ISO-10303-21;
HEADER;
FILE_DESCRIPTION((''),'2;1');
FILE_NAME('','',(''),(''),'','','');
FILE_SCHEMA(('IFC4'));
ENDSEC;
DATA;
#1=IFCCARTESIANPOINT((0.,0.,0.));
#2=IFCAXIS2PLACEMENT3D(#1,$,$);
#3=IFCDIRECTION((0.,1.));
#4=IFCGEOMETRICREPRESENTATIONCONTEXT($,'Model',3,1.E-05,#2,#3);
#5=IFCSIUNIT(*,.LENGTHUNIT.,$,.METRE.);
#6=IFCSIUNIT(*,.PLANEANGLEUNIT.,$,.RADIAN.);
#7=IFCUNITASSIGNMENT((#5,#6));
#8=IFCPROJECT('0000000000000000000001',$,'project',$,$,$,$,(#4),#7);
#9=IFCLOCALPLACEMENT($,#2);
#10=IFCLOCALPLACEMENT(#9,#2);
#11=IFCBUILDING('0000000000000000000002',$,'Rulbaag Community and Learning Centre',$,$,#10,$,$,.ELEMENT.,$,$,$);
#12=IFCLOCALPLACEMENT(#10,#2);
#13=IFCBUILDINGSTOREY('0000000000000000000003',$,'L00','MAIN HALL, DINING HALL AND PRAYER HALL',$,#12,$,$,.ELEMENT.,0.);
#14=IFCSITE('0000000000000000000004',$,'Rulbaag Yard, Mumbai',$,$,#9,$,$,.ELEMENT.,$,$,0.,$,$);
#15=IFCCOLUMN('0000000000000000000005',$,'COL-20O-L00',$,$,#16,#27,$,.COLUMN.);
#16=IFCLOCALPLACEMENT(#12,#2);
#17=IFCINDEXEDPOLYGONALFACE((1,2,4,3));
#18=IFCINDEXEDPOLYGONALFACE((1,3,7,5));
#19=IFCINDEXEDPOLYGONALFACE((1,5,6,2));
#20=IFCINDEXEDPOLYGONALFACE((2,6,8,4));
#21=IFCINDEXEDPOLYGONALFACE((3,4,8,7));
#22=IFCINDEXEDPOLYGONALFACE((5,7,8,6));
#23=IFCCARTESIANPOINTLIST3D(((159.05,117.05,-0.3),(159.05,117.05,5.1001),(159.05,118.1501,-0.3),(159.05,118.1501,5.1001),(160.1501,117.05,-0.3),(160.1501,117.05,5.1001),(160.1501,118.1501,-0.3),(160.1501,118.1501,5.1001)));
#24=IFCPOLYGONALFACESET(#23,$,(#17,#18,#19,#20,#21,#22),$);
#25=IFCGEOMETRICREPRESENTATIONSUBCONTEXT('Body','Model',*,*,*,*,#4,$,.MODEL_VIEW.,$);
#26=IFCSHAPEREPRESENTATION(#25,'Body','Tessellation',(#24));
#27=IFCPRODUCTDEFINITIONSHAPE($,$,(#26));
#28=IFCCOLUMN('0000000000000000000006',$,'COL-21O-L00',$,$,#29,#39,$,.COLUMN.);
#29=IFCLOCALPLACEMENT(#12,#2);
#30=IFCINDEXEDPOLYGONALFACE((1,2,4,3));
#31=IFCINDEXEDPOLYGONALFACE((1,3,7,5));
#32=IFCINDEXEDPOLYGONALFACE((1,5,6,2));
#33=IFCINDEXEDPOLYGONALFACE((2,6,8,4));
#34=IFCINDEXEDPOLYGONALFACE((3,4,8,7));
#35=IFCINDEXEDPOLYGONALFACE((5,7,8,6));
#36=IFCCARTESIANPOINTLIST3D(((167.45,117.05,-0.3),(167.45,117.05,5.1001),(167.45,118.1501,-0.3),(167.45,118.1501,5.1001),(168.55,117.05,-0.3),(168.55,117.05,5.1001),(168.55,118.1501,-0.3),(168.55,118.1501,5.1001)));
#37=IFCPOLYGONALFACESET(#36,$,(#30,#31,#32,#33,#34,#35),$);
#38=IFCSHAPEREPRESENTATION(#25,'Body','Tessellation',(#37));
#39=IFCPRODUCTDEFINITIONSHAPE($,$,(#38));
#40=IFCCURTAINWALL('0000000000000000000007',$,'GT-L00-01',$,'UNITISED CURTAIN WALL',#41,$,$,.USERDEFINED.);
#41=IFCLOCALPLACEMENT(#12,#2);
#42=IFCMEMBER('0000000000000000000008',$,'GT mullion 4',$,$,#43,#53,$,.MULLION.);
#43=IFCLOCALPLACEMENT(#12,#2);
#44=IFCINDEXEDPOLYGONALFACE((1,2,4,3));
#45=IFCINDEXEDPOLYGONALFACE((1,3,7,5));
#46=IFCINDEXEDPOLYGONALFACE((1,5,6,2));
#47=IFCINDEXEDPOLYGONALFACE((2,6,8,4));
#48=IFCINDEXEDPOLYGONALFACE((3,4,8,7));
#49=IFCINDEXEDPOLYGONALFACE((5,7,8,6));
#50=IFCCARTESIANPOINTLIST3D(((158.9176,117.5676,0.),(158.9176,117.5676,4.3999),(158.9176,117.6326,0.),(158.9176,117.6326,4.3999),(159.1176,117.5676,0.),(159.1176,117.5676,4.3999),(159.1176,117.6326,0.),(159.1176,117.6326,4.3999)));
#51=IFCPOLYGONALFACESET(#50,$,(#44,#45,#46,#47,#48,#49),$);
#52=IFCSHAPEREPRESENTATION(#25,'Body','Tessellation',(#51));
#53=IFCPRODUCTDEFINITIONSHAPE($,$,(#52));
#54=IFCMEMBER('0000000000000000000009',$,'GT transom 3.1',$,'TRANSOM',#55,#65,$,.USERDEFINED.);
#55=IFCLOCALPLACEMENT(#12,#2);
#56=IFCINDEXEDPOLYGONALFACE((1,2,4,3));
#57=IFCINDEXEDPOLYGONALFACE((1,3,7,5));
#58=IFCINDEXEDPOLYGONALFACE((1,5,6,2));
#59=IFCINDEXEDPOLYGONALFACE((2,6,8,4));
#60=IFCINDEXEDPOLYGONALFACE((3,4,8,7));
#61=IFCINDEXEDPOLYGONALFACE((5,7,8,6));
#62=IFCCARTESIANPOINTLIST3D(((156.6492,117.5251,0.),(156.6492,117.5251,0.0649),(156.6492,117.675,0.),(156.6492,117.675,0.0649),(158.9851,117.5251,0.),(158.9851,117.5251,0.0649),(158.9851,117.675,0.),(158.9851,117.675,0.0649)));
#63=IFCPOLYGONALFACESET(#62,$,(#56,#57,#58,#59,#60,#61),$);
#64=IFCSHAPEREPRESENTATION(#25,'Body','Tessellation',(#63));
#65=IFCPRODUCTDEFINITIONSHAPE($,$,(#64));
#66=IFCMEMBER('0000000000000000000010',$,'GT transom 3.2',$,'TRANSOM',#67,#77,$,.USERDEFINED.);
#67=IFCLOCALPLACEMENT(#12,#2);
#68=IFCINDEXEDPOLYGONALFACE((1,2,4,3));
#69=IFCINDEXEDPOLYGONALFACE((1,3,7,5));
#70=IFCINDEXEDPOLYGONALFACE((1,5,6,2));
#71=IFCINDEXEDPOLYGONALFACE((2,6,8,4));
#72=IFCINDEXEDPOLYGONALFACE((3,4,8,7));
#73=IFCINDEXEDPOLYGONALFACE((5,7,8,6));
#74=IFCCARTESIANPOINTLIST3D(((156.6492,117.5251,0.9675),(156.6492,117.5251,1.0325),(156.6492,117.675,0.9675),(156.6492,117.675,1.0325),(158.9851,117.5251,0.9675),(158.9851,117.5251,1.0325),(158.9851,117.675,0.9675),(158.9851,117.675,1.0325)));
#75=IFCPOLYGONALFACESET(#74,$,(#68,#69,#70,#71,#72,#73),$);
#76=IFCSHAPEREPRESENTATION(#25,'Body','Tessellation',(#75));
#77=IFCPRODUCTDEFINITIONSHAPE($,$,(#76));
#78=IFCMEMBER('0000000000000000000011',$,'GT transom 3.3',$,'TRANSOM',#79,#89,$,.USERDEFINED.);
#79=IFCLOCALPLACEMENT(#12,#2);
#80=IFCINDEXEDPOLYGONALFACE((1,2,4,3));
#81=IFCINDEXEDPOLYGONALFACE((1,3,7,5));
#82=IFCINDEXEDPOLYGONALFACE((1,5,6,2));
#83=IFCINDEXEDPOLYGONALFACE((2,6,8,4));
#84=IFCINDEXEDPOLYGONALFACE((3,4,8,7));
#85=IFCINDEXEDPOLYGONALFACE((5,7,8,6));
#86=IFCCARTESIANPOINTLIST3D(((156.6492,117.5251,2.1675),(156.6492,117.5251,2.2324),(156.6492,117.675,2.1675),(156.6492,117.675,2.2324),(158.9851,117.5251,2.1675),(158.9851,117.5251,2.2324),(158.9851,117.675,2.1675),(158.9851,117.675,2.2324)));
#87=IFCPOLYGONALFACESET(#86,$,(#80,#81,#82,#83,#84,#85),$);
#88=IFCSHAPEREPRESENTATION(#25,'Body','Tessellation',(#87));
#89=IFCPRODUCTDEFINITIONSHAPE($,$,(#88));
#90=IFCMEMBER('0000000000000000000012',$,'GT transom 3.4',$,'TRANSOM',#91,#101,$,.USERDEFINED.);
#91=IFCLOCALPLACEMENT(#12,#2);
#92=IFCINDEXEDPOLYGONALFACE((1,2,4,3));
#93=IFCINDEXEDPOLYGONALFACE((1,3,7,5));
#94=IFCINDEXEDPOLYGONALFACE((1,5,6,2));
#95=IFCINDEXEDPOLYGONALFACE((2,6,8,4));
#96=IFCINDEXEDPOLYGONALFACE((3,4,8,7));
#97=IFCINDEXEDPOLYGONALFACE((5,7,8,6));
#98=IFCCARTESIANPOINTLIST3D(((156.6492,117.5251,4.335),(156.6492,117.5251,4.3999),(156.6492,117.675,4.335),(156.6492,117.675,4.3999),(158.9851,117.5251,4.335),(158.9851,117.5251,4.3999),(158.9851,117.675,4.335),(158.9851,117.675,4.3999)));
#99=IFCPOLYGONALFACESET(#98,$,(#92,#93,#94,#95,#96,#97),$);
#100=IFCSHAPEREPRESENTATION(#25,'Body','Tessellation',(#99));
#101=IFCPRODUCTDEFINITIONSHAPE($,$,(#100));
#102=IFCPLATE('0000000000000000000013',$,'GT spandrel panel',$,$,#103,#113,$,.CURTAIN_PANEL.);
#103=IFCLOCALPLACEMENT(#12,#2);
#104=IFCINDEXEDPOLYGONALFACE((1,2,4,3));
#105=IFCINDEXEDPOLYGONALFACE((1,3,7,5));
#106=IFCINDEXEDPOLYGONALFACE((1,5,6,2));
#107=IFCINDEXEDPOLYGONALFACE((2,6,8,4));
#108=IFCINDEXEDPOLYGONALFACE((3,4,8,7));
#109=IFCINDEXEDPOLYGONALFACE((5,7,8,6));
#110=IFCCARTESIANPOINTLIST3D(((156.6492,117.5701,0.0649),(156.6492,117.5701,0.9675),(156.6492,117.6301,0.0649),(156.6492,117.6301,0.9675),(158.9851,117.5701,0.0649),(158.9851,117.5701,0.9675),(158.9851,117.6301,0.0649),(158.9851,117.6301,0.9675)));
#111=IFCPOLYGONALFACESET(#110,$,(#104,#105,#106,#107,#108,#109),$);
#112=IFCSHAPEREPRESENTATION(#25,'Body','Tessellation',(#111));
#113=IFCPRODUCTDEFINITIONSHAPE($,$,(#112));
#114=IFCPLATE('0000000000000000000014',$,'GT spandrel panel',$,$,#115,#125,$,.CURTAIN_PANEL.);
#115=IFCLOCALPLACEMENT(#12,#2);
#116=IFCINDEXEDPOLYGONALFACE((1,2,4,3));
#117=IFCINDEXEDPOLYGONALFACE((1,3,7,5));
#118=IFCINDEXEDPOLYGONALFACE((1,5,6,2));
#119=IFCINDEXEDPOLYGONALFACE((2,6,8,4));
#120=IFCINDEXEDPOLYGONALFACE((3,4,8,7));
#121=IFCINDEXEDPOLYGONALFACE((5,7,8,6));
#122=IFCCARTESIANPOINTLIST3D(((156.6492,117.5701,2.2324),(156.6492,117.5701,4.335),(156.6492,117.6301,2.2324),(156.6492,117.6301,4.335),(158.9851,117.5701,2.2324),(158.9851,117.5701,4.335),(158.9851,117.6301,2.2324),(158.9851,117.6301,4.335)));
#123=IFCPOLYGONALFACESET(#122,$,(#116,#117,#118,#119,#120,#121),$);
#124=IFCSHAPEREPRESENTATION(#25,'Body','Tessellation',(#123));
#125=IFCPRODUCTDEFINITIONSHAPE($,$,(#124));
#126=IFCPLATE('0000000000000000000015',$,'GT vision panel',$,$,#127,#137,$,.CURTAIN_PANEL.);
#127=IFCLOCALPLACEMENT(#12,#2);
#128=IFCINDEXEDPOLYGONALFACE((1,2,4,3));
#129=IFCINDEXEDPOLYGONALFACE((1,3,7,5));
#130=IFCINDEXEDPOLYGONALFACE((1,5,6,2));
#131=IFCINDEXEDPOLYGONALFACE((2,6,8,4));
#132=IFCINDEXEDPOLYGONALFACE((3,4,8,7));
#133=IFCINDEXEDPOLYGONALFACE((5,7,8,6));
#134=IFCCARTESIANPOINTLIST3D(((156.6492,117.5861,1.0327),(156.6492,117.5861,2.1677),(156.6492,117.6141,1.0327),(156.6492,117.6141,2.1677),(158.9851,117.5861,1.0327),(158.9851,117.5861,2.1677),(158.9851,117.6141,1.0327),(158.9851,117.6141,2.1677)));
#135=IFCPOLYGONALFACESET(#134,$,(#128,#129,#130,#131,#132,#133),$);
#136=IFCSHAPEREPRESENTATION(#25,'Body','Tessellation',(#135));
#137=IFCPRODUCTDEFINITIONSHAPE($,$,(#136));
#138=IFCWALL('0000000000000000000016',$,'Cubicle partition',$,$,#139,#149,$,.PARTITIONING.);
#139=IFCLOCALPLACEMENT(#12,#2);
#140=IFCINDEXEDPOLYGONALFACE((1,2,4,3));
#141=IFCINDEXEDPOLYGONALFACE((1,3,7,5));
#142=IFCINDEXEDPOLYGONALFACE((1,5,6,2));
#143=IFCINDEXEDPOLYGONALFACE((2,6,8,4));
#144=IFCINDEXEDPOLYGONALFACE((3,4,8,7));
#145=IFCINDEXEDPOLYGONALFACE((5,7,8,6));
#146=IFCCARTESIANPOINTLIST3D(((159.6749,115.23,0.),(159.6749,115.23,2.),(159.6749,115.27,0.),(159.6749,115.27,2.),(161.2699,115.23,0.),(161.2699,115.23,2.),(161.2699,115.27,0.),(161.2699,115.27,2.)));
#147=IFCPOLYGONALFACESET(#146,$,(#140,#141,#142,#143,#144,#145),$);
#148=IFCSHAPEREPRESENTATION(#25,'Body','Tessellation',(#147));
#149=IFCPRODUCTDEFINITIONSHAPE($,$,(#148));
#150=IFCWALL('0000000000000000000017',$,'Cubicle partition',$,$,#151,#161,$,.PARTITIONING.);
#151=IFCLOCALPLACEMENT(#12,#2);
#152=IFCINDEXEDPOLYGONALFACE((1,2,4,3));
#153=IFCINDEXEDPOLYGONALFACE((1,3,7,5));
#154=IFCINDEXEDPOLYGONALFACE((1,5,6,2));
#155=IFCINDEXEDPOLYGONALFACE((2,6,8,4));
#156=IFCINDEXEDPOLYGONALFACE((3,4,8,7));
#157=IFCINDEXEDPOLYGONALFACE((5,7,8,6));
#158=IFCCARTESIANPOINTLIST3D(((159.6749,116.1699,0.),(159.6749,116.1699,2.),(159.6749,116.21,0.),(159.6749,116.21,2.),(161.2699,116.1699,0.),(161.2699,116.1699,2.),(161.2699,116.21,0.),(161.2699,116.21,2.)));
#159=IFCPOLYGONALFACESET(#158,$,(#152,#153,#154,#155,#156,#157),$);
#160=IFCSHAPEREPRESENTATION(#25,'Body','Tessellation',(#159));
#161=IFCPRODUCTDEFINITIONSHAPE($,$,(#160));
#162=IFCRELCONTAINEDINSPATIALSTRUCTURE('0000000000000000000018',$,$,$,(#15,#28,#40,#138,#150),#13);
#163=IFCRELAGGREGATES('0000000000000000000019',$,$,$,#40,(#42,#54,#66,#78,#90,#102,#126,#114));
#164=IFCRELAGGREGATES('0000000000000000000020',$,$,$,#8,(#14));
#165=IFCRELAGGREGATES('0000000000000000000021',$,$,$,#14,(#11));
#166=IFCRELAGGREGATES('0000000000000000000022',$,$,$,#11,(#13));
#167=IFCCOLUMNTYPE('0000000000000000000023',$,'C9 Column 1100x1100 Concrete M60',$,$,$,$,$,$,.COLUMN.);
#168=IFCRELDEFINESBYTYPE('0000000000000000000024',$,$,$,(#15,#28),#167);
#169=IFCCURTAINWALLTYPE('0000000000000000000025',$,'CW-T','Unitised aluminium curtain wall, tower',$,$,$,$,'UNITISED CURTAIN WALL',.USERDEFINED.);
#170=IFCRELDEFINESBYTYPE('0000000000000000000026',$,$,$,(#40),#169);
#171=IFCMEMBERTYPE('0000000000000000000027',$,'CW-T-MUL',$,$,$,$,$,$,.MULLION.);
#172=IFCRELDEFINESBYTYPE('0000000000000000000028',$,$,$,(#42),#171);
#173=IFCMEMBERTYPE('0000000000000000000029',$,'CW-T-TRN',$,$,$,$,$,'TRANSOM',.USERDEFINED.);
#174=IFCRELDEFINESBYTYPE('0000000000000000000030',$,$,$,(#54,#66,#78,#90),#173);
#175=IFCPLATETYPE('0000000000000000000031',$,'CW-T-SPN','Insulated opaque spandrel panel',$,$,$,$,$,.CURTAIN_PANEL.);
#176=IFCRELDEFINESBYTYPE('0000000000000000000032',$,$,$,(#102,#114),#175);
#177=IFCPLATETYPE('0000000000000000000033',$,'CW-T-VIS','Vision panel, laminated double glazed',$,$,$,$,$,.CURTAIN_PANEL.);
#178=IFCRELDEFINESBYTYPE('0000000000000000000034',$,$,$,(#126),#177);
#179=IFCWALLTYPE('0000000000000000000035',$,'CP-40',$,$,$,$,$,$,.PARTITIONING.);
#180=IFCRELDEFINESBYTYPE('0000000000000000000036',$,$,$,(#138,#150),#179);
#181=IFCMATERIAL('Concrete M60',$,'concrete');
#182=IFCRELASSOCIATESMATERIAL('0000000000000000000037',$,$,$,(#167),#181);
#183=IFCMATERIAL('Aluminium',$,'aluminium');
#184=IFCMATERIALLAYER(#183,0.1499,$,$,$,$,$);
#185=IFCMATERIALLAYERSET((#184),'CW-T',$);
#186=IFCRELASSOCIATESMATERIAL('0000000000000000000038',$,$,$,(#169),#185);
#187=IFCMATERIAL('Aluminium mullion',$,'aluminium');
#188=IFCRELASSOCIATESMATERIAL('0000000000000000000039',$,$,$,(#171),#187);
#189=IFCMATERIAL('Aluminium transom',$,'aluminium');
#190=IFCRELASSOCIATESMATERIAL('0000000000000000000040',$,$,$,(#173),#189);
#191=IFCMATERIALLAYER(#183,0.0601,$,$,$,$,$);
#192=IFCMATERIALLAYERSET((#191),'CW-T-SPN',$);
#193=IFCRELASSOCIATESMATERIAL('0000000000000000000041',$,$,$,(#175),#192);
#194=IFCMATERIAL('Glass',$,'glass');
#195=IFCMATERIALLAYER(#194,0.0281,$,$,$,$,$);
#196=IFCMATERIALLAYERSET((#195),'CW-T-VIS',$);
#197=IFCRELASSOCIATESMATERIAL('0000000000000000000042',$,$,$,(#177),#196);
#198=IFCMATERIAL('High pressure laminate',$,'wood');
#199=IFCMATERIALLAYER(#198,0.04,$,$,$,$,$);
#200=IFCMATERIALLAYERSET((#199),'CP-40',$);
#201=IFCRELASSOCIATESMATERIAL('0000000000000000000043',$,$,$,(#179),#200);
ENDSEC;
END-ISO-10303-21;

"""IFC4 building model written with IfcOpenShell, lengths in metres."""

from ifc_helpers import new_model, si_unit, direction, frame, frame_2d, origin, origin_2d, place, context, subcontext, project, spatial, rectangle, extrude, material, layer, layer_set, material_profile, profile_set, type_object, element, aggregate, save


model = new_model("IFC4")

# Units and contexts
model_context = context("Model", 3, precision=1e-05, world=origin(), true_north=direction((0.0, 1.0)))
body_context = subcontext(model_context, "Body", "Model", "MODEL_VIEW")
ifc_project = project(units=[si_unit("LENGTHUNIT", "METRE"), si_unit("PLANEANGLEUNIT", "RADIAN")], contexts=[model_context])

# Site, building, storey
site_placement = place(None, origin())
site = spatial("IfcSite", under=ifc_project, at=site_placement, Name="Rulbaag Yard, Mumbai", CompositionType="ELEMENT", RefElevation=0.0)
building_placement = place(site_placement, origin())
building = spatial("IfcBuilding", under=site, at=building_placement, Name="Rulbaag Community and Learning Centre", CompositionType="ELEMENT")
storey_placement = place(building_placement, origin())
storey = spatial("IfcBuildingStorey", under=building, at=storey_placement, Name="L00", Description="MAIN HALL, DINING HALL AND PRAYER HALL", CompositionType="ELEMENT", Elevation=0.0)

# Columns
ifc_material_1 = material(Name="Concrete M60", Category="concrete")
ifc_material_profile_1 = material_profile(ifc_material_1, rectangle(XDim=1.1001, YDim=1.1001, at=origin_2d()), Name="RC1100x1100")
ifc_profile_set_1 = profile_set([ifc_material_profile_1], Name="Concrete M60")
column_type = type_object("IfcColumnType", Name="C9 Column 1100x1100 Concrete M60", PredefinedType="COLUMN", material=ifc_profile_set_1)
for number, where, z_axis, x_axis, name in (
    (1, (159.6001, 117.6001, -0.3), (0.0, 0.0, 1.0), (1.0, 0.0, 0.0), "COL-20O-L00"),
    (2, (168.0, 117.6001, -0.3), (0.0, 0.0, 1.0), (1.0, 0.0, 0.0), "COL-21O-L00"),
):
    element("IfcColumn", number, at=place(storey_placement, frame(where, z_axis=z_axis, x_axis=x_axis)), inside=storey, type_object=column_type, Name=name, PredefinedType="COLUMN", context=body_context, shape_type="SweptSolid", body=[
        extrude(rectangle(XDim=1.1001, YDim=1.1001, at=origin_2d()), origin(), (0.0, 0.0, 1.0), 5.4001),
    ])

# Curtain wall, members, plates
ifc_material_2 = material(Name="Aluminium", Category="aluminium")
ifc_layer_1 = layer(ifc_material_2, 0.1499)
ifc_layer_set_1 = layer_set([ifc_layer_1], Name="CW-T")
curtain_wall_type = type_object("IfcCurtainWallType", Name="CW-T", Description="Unitised aluminium curtain wall, tower", ElementType="UNITISED CURTAIN WALL", PredefinedType="USERDEFINED", material=ifc_layer_set_1)
curtain_wall_placement = place(storey_placement, origin())
curtain_wall = element("IfcCurtainWall", 3, at=curtain_wall_placement, inside=storey, type_object=curtain_wall_type, Name="GT-L00-01", ObjectType="UNITISED CURTAIN WALL", PredefinedType="USERDEFINED")
ifc_material_3 = material(Name="Aluminium mullion", Category="aluminium")
ifc_material_profile_2 = material_profile(ifc_material_3, rectangle(XDim=0.0649, YDim=0.2, at=origin_2d()), Name="AL 65x200")
ifc_profile_set_2 = profile_set([ifc_material_profile_2], Name="Aluminium mullion")
member_type_1 = type_object("IfcMemberType", Name="CW-T-MUL", PredefinedType="MULLION", material=ifc_profile_set_2)
member_1_placement = place(storey_placement, frame((159.0176, 117.6001, 0.0), z_axis=(0.0, 0.0, 1.0), x_axis=(0.0, 1.0, 0.0)))
member_1 = element("IfcMember", 4, at=member_1_placement, type_object=member_type_1, Name="GT mullion 4", PredefinedType="MULLION", context=body_context, shape_type="SweptSolid", body=[
    extrude(rectangle(XDim=0.0649, YDim=0.2, at=origin_2d()), origin(), (0.0, 0.0, 1.0), 4.3999),
])
ifc_material_4 = material(Name="Aluminium transom", Category="aluminium")
ifc_material_profile_3 = material_profile(ifc_material_4, rectangle(XDim=0.1499, YDim=0.0649, at=origin_2d()), Name="AL 65x150 T")
ifc_profile_set_3 = profile_set([ifc_material_profile_3], Name="Aluminium transom")
member_type_2 = type_object("IfcMemberType", Name="CW-T-TRN", ElementType="TRANSOM", PredefinedType="USERDEFINED", material=ifc_profile_set_3)
member_2_placement = place(storey_placement, frame((156.6492, 117.6001, 0.0325), z_axis=(1.0, 0.0, 0.0), x_axis=(0.0, 1.0, 0.0)))
member_2 = element("IfcMember", 5, at=member_2_placement, type_object=member_type_2, Name="GT transom 3.1", ObjectType="TRANSOM", PredefinedType="USERDEFINED", context=body_context, shape_type="SweptSolid", body=[
    extrude(rectangle(XDim=0.1499, YDim=0.0649, at=origin_2d()), origin(), (0.0, 0.0, 1.0), 2.3359),
])
member_3_placement = place(storey_placement, frame((156.6492, 117.6001, 1.0), z_axis=(1.0, 0.0, 0.0), x_axis=(0.0, 1.0, 0.0)))
member_3 = element("IfcMember", 6, at=member_3_placement, type_object=member_type_2, Name="GT transom 3.2", ObjectType="TRANSOM", PredefinedType="USERDEFINED", context=body_context, shape_type="SweptSolid", body=[
    extrude(rectangle(XDim=0.1499, YDim=0.0649, at=origin_2d()), origin(), (0.0, 0.0, 1.0), 2.3359),
])
member_4_placement = place(storey_placement, frame((156.6492, 117.6001, 2.2), z_axis=(1.0, 0.0, 0.0), x_axis=(0.0, 1.0, 0.0)))
member_4 = element("IfcMember", 7, at=member_4_placement, type_object=member_type_2, Name="GT transom 3.3", ObjectType="TRANSOM", PredefinedType="USERDEFINED", context=body_context, shape_type="SweptSolid", body=[
    extrude(rectangle(XDim=0.1499, YDim=0.0649, at=origin_2d()), origin(), (0.0, 0.0, 1.0), 2.3359),
])
member_5_placement = place(storey_placement, frame((156.6492, 117.6001, 4.3674), z_axis=(1.0, 0.0, 0.0), x_axis=(0.0, 1.0, 0.0)))
member_5 = element("IfcMember", 8, at=member_5_placement, type_object=member_type_2, Name="GT transom 3.4", ObjectType="TRANSOM", PredefinedType="USERDEFINED", context=body_context, shape_type="SweptSolid", body=[
    extrude(rectangle(XDim=0.1499, YDim=0.0649, at=origin_2d()), origin(), (0.0, 0.0, 1.0), 2.3359),
])
ifc_layer_2 = layer(ifc_material_2, 0.0601)
ifc_layer_set_2 = layer_set([ifc_layer_2], Name="CW-T-SPN")
plate_type_1 = type_object("IfcPlateType", Name="CW-T-SPN", Description="Insulated opaque spandrel panel", PredefinedType="CURTAIN_PANEL", material=ifc_layer_set_2)
plate_1_placement = place(storey_placement, frame((157.8171, 117.6001, 0.0649), z_axis=(0.0, 0.0, 1.0), x_axis=(1.0, 0.0, 0.0)))
plate_1 = element("IfcPlate", 9, at=plate_1_placement, type_object=plate_type_1, Name="GT spandrel panel", PredefinedType="CURTAIN_PANEL", context=body_context, shape_type="SweptSolid", body=[
    extrude(rectangle(XDim=2.3359, YDim=0.0601, at=origin_2d()), origin(), (0.0, 0.0, 1.0), 0.9026),
])
plate_2_placement = place(storey_placement, frame((157.8171, 117.6001, 2.2324), z_axis=(0.0, 0.0, 1.0), x_axis=(1.0, 0.0, 0.0)))
plate_2 = element("IfcPlate", 10, at=plate_2_placement, type_object=plate_type_1, Name="GT spandrel panel", PredefinedType="CURTAIN_PANEL", context=body_context, shape_type="SweptSolid", body=[
    extrude(rectangle(XDim=2.3359, YDim=0.0601, at=origin_2d()), origin(), (0.0, 0.0, 1.0), 2.1025),
])
ifc_material_5 = material(Name="Glass", Category="glass")
ifc_layer_3 = layer(ifc_material_5, 0.0281)
ifc_layer_set_3 = layer_set([ifc_layer_3], Name="CW-T-VIS")
plate_type_2 = type_object("IfcPlateType", Name="CW-T-VIS", Description="Vision panel, laminated double glazed", PredefinedType="CURTAIN_PANEL", material=ifc_layer_set_3)
plate_3_placement = place(storey_placement, frame((157.8171, 117.6001, 1.0327), z_axis=(0.0, 0.0, 1.0), x_axis=(1.0, 0.0, 0.0)))
plate_3 = element("IfcPlate", 11, at=plate_3_placement, type_object=plate_type_2, Name="GT vision panel", PredefinedType="CURTAIN_PANEL", context=body_context, shape_type="SweptSolid", body=[
    extrude(rectangle(XDim=2.3359, YDim=0.0281, at=origin_2d()), origin(), (0.0, 0.0, 1.0), 1.135),
])
aggregate(curtain_wall, [member_1, member_2, member_3, member_4, member_5, plate_1, plate_3, plate_2])

# Walls
ifc_material_6 = material(Name="High pressure laminate", Category="wood")
ifc_layer_4 = layer(ifc_material_6, 0.04)
ifc_layer_set_4 = layer_set([ifc_layer_4], Name="CP-40")
wall_type_1 = type_object("IfcWallType", Name="CP-40", PredefinedType="PARTITIONING", material=ifc_layer_set_4)
for number, where, z_axis, x_axis, name in (
    (12, (159.675, 115.25, 0.0), (0.0, 0.0, 1.0), (1.0, 0.0, 0.0), "Cubicle partition"),
    (13, (159.675, 116.1899, 0.0), (0.0, 0.0, 1.0), (1.0, 0.0, 0.0), "Cubicle partition"),
):
    element("IfcWall", number, at=place(storey_placement, frame(where, z_axis=z_axis, x_axis=x_axis)), inside=storey, type_object=wall_type_1, Name=name, PredefinedType="PARTITIONING", context=body_context, shape_type="SweptSolid", body=[
        extrude(rectangle(XDim=1.595, YDim=0.04, at=frame_2d((0.7974, 0.0))), origin(), (0.0, 0.0, 1.0), 2.0),
    ])

save(model, "model.ifc")
